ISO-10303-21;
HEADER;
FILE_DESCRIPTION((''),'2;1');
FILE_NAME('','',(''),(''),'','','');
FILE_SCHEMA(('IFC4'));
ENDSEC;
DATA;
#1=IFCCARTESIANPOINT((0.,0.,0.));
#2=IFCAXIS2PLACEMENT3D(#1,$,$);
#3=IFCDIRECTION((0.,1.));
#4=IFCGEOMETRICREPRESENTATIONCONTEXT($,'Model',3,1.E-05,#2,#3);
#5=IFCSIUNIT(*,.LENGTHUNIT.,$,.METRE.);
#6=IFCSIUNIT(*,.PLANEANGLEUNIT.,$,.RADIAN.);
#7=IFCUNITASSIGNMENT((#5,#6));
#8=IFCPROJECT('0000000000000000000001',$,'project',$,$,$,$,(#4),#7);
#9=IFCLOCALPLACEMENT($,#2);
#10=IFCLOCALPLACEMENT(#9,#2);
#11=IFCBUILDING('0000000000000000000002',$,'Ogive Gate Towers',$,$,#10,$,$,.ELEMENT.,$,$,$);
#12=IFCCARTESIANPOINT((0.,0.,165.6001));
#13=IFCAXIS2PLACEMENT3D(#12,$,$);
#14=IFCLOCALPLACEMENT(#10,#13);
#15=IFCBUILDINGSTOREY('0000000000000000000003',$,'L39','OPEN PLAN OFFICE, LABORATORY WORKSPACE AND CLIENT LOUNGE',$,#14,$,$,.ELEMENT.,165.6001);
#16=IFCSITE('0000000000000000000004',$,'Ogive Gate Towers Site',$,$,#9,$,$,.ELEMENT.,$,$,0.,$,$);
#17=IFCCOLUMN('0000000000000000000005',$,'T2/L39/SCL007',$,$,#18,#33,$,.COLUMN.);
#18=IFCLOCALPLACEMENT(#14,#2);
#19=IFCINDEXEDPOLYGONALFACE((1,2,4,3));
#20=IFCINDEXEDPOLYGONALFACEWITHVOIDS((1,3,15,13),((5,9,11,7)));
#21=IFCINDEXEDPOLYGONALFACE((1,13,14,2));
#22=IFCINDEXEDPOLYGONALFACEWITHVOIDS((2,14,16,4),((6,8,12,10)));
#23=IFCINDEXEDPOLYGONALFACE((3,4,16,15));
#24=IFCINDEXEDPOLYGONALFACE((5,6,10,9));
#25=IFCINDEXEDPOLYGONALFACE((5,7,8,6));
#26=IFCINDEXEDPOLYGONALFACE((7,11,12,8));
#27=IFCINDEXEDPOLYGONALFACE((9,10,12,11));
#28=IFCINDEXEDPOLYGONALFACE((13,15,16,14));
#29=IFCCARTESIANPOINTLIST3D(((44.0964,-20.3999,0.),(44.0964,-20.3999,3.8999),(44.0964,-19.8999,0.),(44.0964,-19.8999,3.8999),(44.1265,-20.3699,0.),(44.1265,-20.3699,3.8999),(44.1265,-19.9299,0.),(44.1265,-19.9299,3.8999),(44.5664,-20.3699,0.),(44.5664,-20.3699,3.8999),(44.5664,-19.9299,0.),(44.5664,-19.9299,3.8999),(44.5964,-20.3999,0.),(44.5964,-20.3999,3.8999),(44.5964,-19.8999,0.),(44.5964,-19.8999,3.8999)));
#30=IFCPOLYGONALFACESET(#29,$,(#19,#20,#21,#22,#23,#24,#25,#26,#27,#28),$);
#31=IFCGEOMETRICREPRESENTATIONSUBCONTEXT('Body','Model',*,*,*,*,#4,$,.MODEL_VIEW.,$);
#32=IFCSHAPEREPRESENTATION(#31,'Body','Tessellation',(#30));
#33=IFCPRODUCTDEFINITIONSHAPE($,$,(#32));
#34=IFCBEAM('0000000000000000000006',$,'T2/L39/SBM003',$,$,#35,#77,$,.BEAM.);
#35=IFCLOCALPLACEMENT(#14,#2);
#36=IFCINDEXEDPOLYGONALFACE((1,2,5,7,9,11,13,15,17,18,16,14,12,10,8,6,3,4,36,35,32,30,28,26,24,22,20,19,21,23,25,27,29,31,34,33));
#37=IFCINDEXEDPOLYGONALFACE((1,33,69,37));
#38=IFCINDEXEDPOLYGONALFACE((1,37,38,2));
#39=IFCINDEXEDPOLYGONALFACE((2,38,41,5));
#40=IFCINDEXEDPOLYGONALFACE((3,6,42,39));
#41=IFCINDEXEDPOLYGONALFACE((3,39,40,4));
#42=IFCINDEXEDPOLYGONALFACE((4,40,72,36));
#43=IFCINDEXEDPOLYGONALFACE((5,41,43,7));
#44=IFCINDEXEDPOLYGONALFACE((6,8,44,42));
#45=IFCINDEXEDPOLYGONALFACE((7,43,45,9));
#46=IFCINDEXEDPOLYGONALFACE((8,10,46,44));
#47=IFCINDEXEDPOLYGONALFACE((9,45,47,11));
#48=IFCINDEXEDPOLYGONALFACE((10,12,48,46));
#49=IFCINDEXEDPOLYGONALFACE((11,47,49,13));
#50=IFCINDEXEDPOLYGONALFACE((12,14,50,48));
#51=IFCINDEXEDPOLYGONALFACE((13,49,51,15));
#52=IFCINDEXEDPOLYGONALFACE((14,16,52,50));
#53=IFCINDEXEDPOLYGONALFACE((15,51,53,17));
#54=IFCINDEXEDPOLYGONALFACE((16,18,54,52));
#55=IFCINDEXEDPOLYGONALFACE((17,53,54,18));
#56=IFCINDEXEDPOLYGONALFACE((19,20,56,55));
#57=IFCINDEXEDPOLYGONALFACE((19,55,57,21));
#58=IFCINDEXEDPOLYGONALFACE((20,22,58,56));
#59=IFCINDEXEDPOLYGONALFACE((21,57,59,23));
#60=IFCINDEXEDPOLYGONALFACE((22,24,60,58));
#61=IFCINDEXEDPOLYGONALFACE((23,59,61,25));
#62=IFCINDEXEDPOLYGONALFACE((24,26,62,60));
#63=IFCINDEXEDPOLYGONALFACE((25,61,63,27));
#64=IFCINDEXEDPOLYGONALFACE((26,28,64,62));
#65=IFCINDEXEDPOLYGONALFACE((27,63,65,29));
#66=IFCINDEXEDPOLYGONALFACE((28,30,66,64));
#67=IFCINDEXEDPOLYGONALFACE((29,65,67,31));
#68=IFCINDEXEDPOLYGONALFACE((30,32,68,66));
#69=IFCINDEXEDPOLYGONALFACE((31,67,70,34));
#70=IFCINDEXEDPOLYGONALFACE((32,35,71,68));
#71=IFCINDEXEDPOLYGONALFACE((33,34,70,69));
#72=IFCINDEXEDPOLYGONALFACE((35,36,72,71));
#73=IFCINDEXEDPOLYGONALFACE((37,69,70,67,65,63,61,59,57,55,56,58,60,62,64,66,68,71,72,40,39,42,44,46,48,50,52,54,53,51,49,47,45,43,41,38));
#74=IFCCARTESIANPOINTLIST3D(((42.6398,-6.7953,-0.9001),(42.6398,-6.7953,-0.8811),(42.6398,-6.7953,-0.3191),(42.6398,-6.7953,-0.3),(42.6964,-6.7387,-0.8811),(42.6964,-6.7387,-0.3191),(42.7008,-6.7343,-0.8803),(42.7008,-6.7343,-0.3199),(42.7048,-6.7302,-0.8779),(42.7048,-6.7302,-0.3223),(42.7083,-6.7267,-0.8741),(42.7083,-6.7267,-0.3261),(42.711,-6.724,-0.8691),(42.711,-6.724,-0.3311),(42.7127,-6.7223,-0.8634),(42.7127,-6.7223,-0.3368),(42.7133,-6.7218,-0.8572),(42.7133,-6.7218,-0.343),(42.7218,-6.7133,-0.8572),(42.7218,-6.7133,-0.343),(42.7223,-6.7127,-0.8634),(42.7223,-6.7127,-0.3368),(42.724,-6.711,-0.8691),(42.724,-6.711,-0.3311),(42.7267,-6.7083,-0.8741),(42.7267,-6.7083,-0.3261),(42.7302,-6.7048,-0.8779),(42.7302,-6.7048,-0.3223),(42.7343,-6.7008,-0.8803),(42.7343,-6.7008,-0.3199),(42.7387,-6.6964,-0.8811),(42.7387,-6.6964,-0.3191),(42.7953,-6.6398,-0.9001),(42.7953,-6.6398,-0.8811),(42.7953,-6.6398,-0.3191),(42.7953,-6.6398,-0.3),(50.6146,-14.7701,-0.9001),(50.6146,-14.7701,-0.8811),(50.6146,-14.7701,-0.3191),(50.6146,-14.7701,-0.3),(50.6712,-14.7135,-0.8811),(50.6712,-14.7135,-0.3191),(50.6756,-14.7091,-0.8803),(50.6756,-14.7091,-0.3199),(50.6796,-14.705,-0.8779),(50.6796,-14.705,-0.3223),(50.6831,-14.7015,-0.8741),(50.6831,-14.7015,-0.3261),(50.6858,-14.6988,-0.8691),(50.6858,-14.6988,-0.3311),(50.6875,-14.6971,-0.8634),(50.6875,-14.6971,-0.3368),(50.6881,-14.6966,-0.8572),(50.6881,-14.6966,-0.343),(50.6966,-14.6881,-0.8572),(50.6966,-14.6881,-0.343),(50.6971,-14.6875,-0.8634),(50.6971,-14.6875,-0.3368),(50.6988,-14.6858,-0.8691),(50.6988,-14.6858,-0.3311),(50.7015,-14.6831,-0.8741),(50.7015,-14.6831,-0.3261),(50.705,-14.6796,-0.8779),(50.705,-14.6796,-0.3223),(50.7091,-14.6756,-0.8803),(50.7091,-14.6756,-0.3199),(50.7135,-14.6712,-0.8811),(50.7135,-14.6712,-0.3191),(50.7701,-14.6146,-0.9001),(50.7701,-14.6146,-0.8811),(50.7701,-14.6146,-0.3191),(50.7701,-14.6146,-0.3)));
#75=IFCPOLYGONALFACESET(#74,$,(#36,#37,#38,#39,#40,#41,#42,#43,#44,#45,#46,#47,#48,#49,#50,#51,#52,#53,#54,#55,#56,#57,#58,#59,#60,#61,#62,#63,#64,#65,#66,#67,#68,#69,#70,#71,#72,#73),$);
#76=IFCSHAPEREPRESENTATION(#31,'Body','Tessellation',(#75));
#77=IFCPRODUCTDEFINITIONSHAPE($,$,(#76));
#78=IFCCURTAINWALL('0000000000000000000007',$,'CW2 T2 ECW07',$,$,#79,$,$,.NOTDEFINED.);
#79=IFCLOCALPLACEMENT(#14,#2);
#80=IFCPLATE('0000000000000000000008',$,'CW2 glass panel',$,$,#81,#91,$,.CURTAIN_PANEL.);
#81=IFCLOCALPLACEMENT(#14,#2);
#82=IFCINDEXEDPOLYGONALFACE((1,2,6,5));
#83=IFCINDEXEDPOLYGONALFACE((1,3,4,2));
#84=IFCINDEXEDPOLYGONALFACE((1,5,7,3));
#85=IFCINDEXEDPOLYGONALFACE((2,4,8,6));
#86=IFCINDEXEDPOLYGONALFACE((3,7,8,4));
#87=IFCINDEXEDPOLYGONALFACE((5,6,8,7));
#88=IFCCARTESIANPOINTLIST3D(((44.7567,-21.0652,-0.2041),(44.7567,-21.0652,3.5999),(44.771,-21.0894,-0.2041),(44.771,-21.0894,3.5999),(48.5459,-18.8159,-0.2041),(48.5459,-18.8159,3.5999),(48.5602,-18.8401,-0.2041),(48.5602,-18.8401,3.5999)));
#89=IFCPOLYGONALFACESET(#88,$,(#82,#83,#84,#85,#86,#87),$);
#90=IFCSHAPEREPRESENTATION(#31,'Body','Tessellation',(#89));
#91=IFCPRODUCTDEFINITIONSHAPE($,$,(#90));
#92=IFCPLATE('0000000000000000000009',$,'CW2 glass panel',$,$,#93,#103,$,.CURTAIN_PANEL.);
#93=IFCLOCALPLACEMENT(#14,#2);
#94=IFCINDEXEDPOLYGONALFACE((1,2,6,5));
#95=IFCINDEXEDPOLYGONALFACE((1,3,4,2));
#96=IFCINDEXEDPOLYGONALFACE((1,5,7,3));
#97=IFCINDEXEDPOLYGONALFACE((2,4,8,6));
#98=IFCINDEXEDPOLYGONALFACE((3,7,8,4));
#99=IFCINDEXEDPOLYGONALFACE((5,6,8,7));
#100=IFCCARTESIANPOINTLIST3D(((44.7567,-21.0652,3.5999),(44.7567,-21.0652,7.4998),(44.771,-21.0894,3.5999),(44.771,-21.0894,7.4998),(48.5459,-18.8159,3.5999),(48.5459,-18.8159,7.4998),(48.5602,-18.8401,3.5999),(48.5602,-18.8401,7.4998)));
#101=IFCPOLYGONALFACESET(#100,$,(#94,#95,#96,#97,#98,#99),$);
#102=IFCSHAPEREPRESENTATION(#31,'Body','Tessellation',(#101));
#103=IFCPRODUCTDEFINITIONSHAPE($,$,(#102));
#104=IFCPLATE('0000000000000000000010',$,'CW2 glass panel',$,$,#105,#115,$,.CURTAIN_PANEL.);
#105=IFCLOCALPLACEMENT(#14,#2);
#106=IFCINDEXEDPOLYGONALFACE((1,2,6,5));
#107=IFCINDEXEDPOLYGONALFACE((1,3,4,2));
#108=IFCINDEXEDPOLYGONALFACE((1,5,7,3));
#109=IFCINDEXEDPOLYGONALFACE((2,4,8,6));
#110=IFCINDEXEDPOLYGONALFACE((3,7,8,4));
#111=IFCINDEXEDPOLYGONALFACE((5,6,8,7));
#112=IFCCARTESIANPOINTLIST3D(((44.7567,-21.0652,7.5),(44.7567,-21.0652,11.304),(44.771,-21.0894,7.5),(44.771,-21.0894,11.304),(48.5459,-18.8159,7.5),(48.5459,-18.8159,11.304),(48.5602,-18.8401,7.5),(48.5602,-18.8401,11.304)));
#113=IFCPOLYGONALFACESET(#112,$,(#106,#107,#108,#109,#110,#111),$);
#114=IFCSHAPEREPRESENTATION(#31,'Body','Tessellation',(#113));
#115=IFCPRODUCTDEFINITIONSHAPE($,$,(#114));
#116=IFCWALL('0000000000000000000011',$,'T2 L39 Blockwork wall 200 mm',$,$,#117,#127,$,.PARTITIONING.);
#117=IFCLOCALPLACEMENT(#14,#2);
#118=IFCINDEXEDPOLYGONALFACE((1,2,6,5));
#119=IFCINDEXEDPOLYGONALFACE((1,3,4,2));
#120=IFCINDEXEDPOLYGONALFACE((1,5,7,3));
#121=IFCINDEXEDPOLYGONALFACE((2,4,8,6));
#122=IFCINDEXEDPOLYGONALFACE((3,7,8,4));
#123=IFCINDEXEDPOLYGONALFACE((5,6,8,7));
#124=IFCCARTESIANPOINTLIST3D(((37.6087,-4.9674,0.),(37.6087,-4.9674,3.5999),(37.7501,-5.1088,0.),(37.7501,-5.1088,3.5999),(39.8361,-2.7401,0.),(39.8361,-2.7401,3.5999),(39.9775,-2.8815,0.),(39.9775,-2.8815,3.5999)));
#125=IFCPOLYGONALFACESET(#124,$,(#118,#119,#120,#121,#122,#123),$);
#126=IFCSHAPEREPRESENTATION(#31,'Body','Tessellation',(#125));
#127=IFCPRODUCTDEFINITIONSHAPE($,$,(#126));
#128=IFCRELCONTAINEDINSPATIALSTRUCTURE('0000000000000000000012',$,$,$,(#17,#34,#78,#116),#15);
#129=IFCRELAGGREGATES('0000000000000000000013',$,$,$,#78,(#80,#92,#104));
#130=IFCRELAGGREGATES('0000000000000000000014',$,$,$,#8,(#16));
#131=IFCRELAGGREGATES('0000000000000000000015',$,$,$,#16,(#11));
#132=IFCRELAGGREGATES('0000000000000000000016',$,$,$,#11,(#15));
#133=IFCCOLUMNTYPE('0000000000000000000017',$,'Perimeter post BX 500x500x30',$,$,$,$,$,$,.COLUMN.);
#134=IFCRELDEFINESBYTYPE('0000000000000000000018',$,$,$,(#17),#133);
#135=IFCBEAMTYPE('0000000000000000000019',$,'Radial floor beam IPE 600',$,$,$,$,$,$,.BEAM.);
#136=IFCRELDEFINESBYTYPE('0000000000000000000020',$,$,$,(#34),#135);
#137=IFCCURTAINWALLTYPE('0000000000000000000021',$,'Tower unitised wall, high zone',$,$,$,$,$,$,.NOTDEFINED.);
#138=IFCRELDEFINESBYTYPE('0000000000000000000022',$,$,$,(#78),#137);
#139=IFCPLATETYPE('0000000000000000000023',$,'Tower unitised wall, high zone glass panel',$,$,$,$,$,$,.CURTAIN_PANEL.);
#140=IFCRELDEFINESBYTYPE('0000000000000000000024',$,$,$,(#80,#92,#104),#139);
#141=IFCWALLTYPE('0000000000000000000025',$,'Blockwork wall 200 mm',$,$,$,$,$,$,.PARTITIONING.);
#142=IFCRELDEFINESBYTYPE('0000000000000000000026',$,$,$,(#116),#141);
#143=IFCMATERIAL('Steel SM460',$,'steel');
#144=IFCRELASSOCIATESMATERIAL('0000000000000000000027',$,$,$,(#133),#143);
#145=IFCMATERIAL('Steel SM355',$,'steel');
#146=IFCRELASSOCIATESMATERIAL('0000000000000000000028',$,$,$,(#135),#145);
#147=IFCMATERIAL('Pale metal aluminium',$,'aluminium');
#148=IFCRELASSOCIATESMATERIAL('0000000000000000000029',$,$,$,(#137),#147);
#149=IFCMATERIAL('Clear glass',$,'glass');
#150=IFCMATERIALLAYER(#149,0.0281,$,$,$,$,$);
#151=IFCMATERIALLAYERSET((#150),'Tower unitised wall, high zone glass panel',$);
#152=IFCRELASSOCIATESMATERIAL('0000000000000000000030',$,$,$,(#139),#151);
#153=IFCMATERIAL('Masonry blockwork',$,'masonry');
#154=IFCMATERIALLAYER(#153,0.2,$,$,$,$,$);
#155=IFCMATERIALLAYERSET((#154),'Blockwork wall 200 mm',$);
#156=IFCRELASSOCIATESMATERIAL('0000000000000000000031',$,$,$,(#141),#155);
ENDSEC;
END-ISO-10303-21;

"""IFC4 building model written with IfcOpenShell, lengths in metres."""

from ifc_helpers import new_model, si_unit, direction, frame, frame_2d, origin, origin_2d, place, context, subcontext, project, spatial, rectangle, hollow_rectangle, i_section, extrude, material, layer, layer_set, material_profile, profile_set, type_object, element, aggregate, save


model = new_model("IFC4")

# Units and contexts
model_context = context("Model", 3, precision=1e-05, world=origin(), true_north=direction((0.0, 1.0)))
body_context = subcontext(model_context, "Body", "Model", "MODEL_VIEW")
ifc_project = project(units=[si_unit("LENGTHUNIT", "METRE"), si_unit("PLANEANGLEUNIT", "RADIAN")], contexts=[model_context])

# Site, building, storey
site_placement = place(None, origin())
site = spatial("IfcSite", under=ifc_project, at=site_placement, Name="Ogive Gate Towers Site", CompositionType="ELEMENT", RefElevation=0.0)
building_placement = place(site_placement, origin())
building = spatial("IfcBuilding", under=site, at=building_placement, Name="Ogive Gate Towers", CompositionType="ELEMENT")
storey_placement = place(building_placement, frame((0.0, 0.0, 165.6001)))
storey = spatial("IfcBuildingStorey", under=building, at=storey_placement, Name="L39", Description="OPEN PLAN OFFICE, LABORATORY WORKSPACE AND CLIENT LOUNGE", CompositionType="ELEMENT", Elevation=165.6001)

# Column
ifc_material_1 = material(Name="Steel SM460", Category="steel")
ifc_material_profile_1 = material_profile(ifc_material_1, hollow_rectangle(XDim=0.5, YDim=0.5, WallThickness=0.03, at=origin_2d()), Name="BX 500x500x30")
ifc_profile_set_1 = profile_set([ifc_material_profile_1], Name="Steel SM460")
column_type = type_object("IfcColumnType", Name="Perimeter post BX 500x500x30", PredefinedType="COLUMN", material=ifc_profile_set_1)
column_placement = place(storey_placement, frame((44.3464, -20.1499, 0.0), z_axis=(0.0, 0.0, 1.0), x_axis=(1.0, 0.0, 0.0)))
element("IfcColumn", 1, at=column_placement, inside=storey, type_object=column_type, Name="T2/L39/SCL007", PredefinedType="COLUMN", context=body_context, shape_type="SweptSolid", body=[
    extrude(hollow_rectangle(XDim=0.5, YDim=0.5, WallThickness=0.03, at=origin_2d()), origin(), (0.0, 0.0, 1.0), 3.8999),
])

# Beam
ifc_material_2 = material(Name="Steel SM355", Category="steel")
ifc_material_profile_2 = material_profile(ifc_material_2, i_section(OverallWidth=0.22, OverallDepth=0.6001, WebThickness=0.012, FlangeThickness=0.019, FilletRadius=0.0239, at=origin_2d()), Name="IPE 600")
ifc_profile_set_2 = profile_set([ifc_material_profile_2], Name="Steel SM355")
beam_type = type_object("IfcBeamType", Name="Radial floor beam IPE 600", PredefinedType="BEAM", material=ifc_profile_set_2)
beam_placement = place(storey_placement, frame((42.7175, -6.7175, -0.6001), z_axis=(0.707107, -0.707107, 0.0), x_axis=(0.707107, 0.707107, 0.0)))
element("IfcBeam", 2, at=beam_placement, inside=storey, type_object=beam_type, Name="T2/L39/SBM003", PredefinedType="BEAM", context=body_context, shape_type="SweptSolid", body=[
    extrude(i_section(OverallWidth=0.22, OverallDepth=0.6001, WebThickness=0.012, FlangeThickness=0.019, FilletRadius=0.0239, at=origin_2d()), origin(), (0.0, 0.0, 1.0), 11.2781),
])

# Curtain wall, plates
ifc_material_3 = material(Name="Pale metal aluminium", Category="aluminium")
curtain_wall_type = type_object("IfcCurtainWallType", Name="Tower unitised wall, high zone", PredefinedType="NOTDEFINED", material=ifc_material_3)
curtain_wall_placement = place(storey_placement, origin())
curtain_wall = element("IfcCurtainWall", 3, at=curtain_wall_placement, inside=storey, type_object=curtain_wall_type, Name="CW2 T2 ECW07", PredefinedType="NOTDEFINED")
ifc_material_4 = material(Name="Clear glass", Category="glass")
ifc_layer_1 = layer(ifc_material_4, 0.0281)
ifc_layer_set_1 = layer_set([ifc_layer_1], Name="Tower unitised wall, high zone glass panel")
plate_type = type_object("IfcPlateType", Name="Tower unitised wall, high zone glass panel", PredefinedType="CURTAIN_PANEL", material=ifc_layer_set_1)
plate_1_placement = place(storey_placement, frame((46.6584, -19.9526, -0.2041), z_axis=(0.0, 0.0, 1.0), x_axis=(0.859906, 0.510453, 0.0)))
plate_1 = element("IfcPlate", 4, at=plate_1_placement, type_object=plate_type, Name="CW2 glass panel", PredefinedType="CURTAIN_PANEL", context=body_context, shape_type="SweptSolid", body=[
    extrude(rectangle(XDim=4.4065, YDim=0.0281, at=origin_2d()), origin(), (0.0, 0.0, 1.0), 3.804),
])
plate_2_placement = place(storey_placement, frame((46.6584, -19.9526, 3.5999), z_axis=(0.0, 0.0, 1.0), x_axis=(0.859906, 0.510453, 0.0)))
plate_2 = element("IfcPlate", 5, at=plate_2_placement, type_object=plate_type, Name="CW2 glass panel", PredefinedType="CURTAIN_PANEL", context=body_context, shape_type="SweptSolid", body=[
    extrude(rectangle(XDim=4.4065, YDim=0.0281, at=origin_2d()), origin(), (0.0, 0.0, 1.0), 3.8999),
])
plate_3_placement = place(storey_placement, frame((46.6584, -19.9526, 7.5), z_axis=(0.0, 0.0, 1.0), x_axis=(0.859906, 0.510453, 0.0)))
plate_3 = element("IfcPlate", 6, at=plate_3_placement, type_object=plate_type, Name="CW2 glass panel", PredefinedType="CURTAIN_PANEL", context=body_context, shape_type="SweptSolid", body=[
    extrude(rectangle(XDim=4.4065, YDim=0.0281, at=origin_2d()), origin(), (0.0, 0.0, 1.0), 3.804),
])
aggregate(curtain_wall, [plate_1, plate_2, plate_3])

# Wall
ifc_material_5 = material(Name="Masonry blockwork", Category="masonry")
ifc_layer_2 = layer(ifc_material_5, 0.2)
ifc_layer_set_2 = layer_set([ifc_layer_2], Name="Blockwork wall 200 mm")
wall_type_1 = type_object("IfcWallType", Name="Blockwork wall 200 mm", PredefinedType="PARTITIONING", material=ifc_layer_set_2)
wall_1_placement = place(storey_placement, frame((37.6794, -5.0381, 0.0), z_axis=(0.0, 0.0, 1.0), x_axis=(0.707107, 0.707107, 0.0)))
element("IfcWall", 7, at=wall_1_placement, inside=storey, type_object=wall_type_1, Name="T2 L39 Blockwork wall 200 mm", PredefinedType="PARTITIONING", context=body_context, shape_type="SweptSolid", body=[
    extrude(rectangle(XDim=3.1499, YDim=0.2, at=frame_2d((1.575, 0.0))), origin(), (0.0, 0.0, 1.0), 3.5999),
])

save(model, "model.ifc")
